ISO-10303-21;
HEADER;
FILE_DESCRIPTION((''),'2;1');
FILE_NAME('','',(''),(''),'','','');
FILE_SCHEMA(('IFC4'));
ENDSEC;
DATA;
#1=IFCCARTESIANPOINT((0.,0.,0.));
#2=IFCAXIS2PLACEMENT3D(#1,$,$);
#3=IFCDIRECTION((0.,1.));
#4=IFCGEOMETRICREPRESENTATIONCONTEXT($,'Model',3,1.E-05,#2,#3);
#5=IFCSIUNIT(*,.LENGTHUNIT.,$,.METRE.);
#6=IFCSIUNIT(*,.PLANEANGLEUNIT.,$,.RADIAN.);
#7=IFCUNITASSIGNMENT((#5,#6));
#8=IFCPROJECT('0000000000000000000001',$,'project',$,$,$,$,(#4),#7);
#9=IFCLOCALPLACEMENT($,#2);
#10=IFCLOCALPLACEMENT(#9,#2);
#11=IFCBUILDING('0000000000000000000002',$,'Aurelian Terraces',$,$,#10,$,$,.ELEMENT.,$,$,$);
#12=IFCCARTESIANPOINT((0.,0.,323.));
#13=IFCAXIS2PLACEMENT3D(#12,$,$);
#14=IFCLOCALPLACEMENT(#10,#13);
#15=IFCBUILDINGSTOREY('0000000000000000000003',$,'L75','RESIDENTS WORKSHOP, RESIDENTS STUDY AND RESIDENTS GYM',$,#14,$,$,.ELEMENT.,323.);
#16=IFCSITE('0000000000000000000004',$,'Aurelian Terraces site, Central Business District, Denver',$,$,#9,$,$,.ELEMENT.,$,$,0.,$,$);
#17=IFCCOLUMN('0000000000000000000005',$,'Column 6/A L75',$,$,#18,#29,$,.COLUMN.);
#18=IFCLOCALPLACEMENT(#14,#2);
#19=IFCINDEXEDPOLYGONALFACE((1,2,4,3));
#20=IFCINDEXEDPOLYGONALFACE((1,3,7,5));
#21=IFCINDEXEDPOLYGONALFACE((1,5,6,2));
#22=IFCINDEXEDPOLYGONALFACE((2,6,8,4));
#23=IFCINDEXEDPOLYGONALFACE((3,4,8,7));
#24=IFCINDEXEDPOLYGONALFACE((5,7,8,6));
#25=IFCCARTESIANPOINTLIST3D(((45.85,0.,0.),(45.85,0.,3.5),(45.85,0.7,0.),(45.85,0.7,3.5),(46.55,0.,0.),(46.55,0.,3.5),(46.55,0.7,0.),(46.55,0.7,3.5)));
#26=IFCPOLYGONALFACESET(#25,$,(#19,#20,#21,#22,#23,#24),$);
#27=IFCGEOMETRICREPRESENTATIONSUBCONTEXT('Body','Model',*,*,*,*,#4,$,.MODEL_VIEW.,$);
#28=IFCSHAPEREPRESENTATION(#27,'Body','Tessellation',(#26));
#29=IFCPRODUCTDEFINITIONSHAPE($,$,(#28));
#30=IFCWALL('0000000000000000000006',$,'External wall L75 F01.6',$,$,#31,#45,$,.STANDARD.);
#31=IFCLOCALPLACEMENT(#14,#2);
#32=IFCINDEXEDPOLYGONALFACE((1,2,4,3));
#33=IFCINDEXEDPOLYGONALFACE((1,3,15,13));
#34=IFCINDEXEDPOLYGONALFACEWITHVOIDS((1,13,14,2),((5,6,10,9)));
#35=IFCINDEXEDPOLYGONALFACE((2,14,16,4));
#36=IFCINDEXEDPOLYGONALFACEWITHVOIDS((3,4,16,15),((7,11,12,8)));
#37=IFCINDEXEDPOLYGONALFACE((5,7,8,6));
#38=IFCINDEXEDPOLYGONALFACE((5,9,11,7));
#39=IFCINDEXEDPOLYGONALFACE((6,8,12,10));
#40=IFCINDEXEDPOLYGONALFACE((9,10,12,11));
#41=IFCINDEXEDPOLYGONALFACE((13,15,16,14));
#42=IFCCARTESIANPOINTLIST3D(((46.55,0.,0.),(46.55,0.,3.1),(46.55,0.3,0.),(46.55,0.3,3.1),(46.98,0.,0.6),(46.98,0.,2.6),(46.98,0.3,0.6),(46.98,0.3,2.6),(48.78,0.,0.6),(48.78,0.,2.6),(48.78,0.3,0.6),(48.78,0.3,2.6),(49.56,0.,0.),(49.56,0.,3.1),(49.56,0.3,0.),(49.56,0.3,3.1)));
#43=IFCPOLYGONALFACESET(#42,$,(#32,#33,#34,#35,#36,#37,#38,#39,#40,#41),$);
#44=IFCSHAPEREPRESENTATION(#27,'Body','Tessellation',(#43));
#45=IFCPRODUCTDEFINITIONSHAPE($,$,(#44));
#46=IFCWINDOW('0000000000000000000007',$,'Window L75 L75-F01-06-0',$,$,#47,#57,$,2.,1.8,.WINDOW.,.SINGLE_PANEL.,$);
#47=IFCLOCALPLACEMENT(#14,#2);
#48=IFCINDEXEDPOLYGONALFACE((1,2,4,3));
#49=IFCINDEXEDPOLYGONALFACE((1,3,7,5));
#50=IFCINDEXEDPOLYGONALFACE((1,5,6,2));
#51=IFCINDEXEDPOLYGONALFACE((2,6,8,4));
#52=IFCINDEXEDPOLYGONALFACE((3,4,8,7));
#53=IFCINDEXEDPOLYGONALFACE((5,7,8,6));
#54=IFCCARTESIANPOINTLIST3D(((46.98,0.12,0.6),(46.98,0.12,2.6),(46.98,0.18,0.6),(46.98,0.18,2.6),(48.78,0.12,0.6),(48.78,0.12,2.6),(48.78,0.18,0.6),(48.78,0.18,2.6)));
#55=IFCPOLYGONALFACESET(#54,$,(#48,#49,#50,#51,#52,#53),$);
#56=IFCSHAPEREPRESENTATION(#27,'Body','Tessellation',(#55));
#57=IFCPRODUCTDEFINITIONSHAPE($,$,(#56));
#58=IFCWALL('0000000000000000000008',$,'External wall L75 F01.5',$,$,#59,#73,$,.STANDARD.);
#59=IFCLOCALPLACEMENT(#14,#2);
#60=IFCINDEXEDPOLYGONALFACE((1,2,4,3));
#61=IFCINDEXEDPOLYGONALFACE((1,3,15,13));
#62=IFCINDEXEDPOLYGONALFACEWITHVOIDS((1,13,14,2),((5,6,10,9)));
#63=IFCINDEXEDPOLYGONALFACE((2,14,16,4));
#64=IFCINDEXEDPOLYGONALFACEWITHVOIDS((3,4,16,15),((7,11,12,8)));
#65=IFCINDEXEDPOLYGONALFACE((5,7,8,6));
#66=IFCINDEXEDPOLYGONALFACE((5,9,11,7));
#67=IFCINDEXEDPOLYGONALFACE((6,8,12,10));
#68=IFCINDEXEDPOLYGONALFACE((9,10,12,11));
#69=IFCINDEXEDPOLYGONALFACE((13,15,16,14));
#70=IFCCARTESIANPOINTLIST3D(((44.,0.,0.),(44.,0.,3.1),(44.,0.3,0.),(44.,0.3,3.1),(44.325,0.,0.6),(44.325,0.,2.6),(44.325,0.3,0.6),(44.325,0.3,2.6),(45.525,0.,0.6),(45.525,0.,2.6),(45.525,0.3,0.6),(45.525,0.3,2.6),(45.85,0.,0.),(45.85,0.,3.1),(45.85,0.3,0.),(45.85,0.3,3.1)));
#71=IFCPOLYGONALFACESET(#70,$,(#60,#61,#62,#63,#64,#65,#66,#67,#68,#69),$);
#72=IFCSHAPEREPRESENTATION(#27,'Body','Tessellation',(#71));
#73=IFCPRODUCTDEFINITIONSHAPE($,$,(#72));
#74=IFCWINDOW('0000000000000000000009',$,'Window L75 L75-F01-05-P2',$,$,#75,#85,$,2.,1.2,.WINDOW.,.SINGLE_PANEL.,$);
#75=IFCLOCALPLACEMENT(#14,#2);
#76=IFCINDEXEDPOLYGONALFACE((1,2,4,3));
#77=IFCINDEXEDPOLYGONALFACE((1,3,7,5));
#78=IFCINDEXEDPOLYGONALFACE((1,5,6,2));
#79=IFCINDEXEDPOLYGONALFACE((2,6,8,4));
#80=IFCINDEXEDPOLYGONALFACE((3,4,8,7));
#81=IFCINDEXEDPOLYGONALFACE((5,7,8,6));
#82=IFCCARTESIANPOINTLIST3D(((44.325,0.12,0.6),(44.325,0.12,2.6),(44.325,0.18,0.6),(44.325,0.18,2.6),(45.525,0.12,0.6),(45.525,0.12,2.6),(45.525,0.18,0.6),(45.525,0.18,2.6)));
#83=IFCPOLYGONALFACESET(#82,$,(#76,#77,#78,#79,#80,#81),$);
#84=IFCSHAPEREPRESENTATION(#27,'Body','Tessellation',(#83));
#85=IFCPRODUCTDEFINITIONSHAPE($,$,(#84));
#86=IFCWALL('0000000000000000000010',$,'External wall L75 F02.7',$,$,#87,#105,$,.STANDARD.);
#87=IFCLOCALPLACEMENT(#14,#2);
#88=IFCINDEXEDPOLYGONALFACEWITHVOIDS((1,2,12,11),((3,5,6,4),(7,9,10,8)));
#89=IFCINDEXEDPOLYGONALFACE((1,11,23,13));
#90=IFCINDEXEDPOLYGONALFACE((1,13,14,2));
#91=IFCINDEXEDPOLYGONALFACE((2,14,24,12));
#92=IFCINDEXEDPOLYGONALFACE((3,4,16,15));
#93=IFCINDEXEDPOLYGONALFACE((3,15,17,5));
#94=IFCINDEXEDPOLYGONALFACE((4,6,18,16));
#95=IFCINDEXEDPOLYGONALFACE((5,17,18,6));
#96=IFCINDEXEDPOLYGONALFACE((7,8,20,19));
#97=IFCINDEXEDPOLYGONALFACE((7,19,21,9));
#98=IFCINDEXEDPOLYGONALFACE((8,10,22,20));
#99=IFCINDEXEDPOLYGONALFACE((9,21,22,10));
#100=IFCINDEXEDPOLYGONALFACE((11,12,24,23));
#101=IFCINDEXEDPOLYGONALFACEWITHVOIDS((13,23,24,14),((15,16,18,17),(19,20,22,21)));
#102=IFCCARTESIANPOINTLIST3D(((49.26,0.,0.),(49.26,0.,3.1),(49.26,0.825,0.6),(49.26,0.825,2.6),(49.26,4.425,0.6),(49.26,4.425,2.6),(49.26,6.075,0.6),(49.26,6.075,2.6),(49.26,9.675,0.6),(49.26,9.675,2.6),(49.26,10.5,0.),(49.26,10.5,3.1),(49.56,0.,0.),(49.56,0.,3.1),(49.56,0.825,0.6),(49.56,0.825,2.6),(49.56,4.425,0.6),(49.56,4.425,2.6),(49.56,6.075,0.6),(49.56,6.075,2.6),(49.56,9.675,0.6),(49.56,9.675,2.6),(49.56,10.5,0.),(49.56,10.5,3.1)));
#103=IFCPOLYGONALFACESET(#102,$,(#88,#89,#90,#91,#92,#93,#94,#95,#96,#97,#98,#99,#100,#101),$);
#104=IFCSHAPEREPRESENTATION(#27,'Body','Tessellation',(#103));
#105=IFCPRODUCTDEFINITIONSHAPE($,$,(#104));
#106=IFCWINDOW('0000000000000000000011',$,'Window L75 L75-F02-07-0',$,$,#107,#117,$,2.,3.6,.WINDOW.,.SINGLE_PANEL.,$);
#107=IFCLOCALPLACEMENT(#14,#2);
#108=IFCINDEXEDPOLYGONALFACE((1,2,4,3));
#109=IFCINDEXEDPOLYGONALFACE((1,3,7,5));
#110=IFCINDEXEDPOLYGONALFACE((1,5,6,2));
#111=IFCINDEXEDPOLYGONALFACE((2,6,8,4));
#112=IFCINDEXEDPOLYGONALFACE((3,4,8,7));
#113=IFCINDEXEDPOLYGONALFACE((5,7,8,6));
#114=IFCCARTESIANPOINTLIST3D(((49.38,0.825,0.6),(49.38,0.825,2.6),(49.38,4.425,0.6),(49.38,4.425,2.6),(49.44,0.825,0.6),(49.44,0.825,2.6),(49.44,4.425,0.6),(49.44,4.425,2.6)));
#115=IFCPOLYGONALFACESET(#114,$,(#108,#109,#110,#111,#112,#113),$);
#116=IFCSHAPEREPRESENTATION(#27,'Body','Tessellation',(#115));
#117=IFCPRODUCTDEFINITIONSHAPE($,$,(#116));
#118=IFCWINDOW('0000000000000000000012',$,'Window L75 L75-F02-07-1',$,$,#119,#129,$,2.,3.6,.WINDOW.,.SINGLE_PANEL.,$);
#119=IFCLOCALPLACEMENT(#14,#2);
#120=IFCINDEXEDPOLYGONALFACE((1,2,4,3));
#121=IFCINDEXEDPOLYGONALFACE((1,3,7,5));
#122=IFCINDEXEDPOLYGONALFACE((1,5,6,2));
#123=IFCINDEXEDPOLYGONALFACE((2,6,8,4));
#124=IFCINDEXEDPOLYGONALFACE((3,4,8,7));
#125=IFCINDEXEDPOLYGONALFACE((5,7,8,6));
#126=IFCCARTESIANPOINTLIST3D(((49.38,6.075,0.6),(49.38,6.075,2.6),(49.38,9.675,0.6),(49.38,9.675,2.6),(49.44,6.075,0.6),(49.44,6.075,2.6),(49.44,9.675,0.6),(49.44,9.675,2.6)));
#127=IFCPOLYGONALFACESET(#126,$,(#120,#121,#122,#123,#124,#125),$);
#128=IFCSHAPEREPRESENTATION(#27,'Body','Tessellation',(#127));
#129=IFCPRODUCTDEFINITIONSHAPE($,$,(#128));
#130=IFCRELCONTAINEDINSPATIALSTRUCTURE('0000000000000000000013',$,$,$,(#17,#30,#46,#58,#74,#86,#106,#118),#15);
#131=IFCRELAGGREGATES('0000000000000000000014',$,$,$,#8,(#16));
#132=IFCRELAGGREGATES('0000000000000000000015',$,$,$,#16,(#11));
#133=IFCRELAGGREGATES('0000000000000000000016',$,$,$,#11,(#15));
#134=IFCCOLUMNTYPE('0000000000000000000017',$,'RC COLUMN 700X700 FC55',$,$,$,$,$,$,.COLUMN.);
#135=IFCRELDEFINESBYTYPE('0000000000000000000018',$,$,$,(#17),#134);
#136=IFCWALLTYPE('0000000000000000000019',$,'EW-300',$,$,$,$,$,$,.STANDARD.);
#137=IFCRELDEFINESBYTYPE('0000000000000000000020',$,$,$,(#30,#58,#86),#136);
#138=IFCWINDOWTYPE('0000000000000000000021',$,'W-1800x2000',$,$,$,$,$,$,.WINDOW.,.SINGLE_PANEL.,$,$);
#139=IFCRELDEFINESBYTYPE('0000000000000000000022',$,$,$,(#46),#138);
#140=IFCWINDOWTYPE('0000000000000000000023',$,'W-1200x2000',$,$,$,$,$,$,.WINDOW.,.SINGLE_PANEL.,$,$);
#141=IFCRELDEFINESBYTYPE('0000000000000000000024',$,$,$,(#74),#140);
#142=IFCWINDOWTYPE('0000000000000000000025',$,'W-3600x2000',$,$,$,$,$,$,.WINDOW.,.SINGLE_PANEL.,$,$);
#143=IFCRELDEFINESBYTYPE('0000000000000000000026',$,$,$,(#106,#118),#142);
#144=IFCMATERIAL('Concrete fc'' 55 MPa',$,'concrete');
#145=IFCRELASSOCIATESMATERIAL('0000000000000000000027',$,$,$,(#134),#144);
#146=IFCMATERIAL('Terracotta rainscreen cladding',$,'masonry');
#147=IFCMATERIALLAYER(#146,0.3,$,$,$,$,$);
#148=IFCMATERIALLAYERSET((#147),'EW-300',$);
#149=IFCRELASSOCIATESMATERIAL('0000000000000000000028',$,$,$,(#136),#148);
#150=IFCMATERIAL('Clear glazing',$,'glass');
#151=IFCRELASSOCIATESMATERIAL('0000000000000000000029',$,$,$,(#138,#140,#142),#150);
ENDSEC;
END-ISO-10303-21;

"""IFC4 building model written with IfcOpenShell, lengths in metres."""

from ifc_helpers import new_model, si_unit, direction, frame, frame_2d, origin, origin_2d, place, context, subcontext, project, spatial, rectangle, extrude, source, transform, mapped, material, layer, layer_set, material_profile, profile_set, type_object, element, fill, save


model = new_model("IFC4")

# Units and contexts
model_context = context("Model", 3, precision=1e-05, world=origin(), true_north=direction((0.0, 1.0)))
body_context = subcontext(model_context, "Body", "Model", "MODEL_VIEW")
ifc_project = project(units=[si_unit("LENGTHUNIT", "METRE"), si_unit("PLANEANGLEUNIT", "RADIAN")], contexts=[model_context])

# Site, building, storey
site_placement = place(None, origin())
site = spatial("IfcSite", under=ifc_project, at=site_placement, Name="Aurelian Terraces site, Central Business District, Denver", CompositionType="ELEMENT", RefElevation=0.0)
building_placement = place(site_placement, origin())
building = spatial("IfcBuilding", under=site, at=building_placement, Name="Aurelian Terraces", CompositionType="ELEMENT")
storey_placement = place(building_placement, frame((0.0, 0.0, 323.0)))
storey = spatial("IfcBuildingStorey", under=building, at=storey_placement, Name="L75", Description="RESIDENTS WORKSHOP, RESIDENTS STUDY AND RESIDENTS GYM", CompositionType="ELEMENT", Elevation=323.0)

# Column
ifc_material_1 = material(Name="Concrete fc' 55 MPa", Category="concrete")
ifc_material_profile = material_profile(ifc_material_1, rectangle(XDim=0.7, YDim=0.7, at=origin_2d()))
ifc_profile_set = profile_set([ifc_material_profile], Name="Concrete fc' 55 MPa")
column_type = type_object("IfcColumnType", Name="RC COLUMN 700X700 FC55", PredefinedType="COLUMN", material=ifc_profile_set)
shared_shape_1 = source(origin(), body_context, "Body", "SweptSolid", [
    extrude(rectangle(XDim=0.7, YDim=0.7, at=origin_2d()), origin(), (0.0, 0.0, 1.0), 3.5),
])
column_placement = place(storey_placement, frame((46.2, 0.35, 0.0), z_axis=(0.0, 0.0, 1.0), x_axis=(1.0, 0.0, 0.0)))
element("IfcColumn", 1, at=column_placement, inside=storey, type_object=column_type, Name="Column 6/A L75", PredefinedType="COLUMN", context=body_context, shape_type="MappedRepresentation", body=[
    mapped(shared_shape_1, transform((0.0, 0.0, 0.0), scale=1.0)),
])

# Walls, openings, windows
ifc_material_2 = material(Name="Terracotta rainscreen cladding", Category="masonry")
ifc_layer_1 = layer(ifc_material_2, 0.3)
ifc_layer_set_1 = layer_set([ifc_layer_1], Name="EW-300")
wall_type_1 = type_object("IfcWallType", Name="EW-300", PredefinedType="STANDARD", material=ifc_layer_set_1)
shared_shape_2 = source(origin(), body_context, "Body", "SweptSolid", [
    extrude(rectangle(XDim=3.01, YDim=0.3, at=frame_2d((1.505, 0.0))), origin(), (0.0, 0.0, 1.0), 3.1),
])
wall_1_placement = place(storey_placement, frame((46.55, 0.15, 0.0), z_axis=(0.0, 0.0, 1.0), x_axis=(1.0, 0.0, 0.0)))
wall_1 = element("IfcWall", 2, at=wall_1_placement, inside=storey, type_object=wall_type_1, Name="External wall L75 F01.6", PredefinedType="STANDARD", context=body_context, shape_type="MappedRepresentation", body=[
    mapped(shared_shape_2, transform((0.0, 0.0, 0.0), scale=1.0)),
])
shared_shape_3 = source(origin(), body_context, "Body", "SweptSolid", [
    extrude(rectangle(XDim=1.8, YDim=2.0, at=frame_2d((0.9, 1.0))), frame((0.0, 0.16, 0.0), z_axis=(0.0, -1.0, 0.0), x_axis=(1.0, 0.0, 0.0)), (0.0, 0.0, 1.0), 0.32),
])
opening_1_placement = place(wall_1_placement, frame((0.43, 0.0, 0.6)))
opening_1 = element("IfcOpeningElement", 3, at=opening_1_placement, cuts=wall_1, PredefinedType="OPENING", context=body_context, shape_type="MappedRepresentation", body=[
    mapped(shared_shape_3, transform((0.0, 0.0, 0.0), scale=1.0)),
])
ifc_material_3 = material(Name="Clear glazing", Category="glass")
window_type_1 = type_object("IfcWindowType", Name="W-1800x2000", PartitioningType="SINGLE_PANEL", PredefinedType="WINDOW", material=ifc_material_3)
shared_shape_4 = source(origin(), body_context, "Body", "SweptSolid", [
    extrude(rectangle(XDim=1.8, YDim=2.0, at=frame_2d((0.9, 1.0))), frame((0.0, 0.03, 0.0), z_axis=(0.0, -1.0, 0.0), x_axis=(1.0, 0.0, 0.0)), (0.0, 0.0, 1.0), 0.06),
])
window_1_placement = place(opening_1_placement, origin())
window_1 = element("IfcWindow", 4, at=window_1_placement, inside=storey, type_object=window_type_1, Name="Window L75 L75-F01-06-0", OverallHeight=2.0, OverallWidth=1.8, PartitioningType="SINGLE_PANEL", PredefinedType="WINDOW", context=body_context, shape_type="MappedRepresentation", body=[
    mapped(shared_shape_4, transform((0.0, 0.0, 0.0), scale=1.0)),
])
fill(opening_1, window_1)
shared_shape_5 = source(origin(), body_context, "Body", "SweptSolid", [
    extrude(rectangle(XDim=1.85, YDim=0.3, at=frame_2d((0.925, 0.0))), origin(), (0.0, 0.0, 1.0), 3.1),
])
wall_2_placement = place(storey_placement, frame((44.0, 0.15, 0.0), z_axis=(0.0, 0.0, 1.0), x_axis=(1.0, 0.0, 0.0)))
wall_2 = element("IfcWall", 5, at=wall_2_placement, inside=storey, type_object=wall_type_1, Name="External wall L75 F01.5", PredefinedType="STANDARD", context=body_context, shape_type="MappedRepresentation", body=[
    mapped(shared_shape_5, transform((0.0, 0.0, 0.0), scale=1.0)),
])
shared_shape_6 = source(origin(), body_context, "Body", "SweptSolid", [
    extrude(rectangle(XDim=1.2, YDim=2.0, at=frame_2d((0.6, 1.0))), frame((0.0, 0.16, 0.0), z_axis=(0.0, -1.0, 0.0), x_axis=(1.0, 0.0, 0.0)), (0.0, 0.0, 1.0), 0.32),
])
opening_2_placement = place(wall_2_placement, frame((0.325, 0.0, 0.6)))
opening_2 = element("IfcOpeningElement", 6, at=opening_2_placement, cuts=wall_2, PredefinedType="OPENING", context=body_context, shape_type="MappedRepresentation", body=[
    mapped(shared_shape_6, transform((0.0, 0.0, 0.0), scale=1.0)),
])
window_type_2 = type_object("IfcWindowType", Name="W-1200x2000", PartitioningType="SINGLE_PANEL", PredefinedType="WINDOW", material=ifc_material_3)
shared_shape_7 = source(origin(), body_context, "Body", "SweptSolid", [
    extrude(rectangle(XDim=1.2, YDim=2.0, at=frame_2d((0.6, 1.0))), frame((0.0, 0.03, 0.0), z_axis=(0.0, -1.0, 0.0), x_axis=(1.0, 0.0, 0.0)), (0.0, 0.0, 1.0), 0.06),
])
window_2_placement = place(opening_2_placement, origin())
window_2 = element("IfcWindow", 7, at=window_2_placement, inside=storey, type_object=window_type_2, Name="Window L75 L75-F01-05-P2", OverallHeight=2.0, OverallWidth=1.2, PartitioningType="SINGLE_PANEL", PredefinedType="WINDOW", context=body_context, shape_type="MappedRepresentation", body=[
    mapped(shared_shape_7, transform((0.0, 0.0, 0.0), scale=1.0)),
])
fill(opening_2, window_2)

# Wall, openings, windows
shared_shape_8 = source(origin(), body_context, "Body", "SweptSolid", [
    extrude(rectangle(XDim=10.5, YDim=0.3, at=frame_2d((5.25, 0.0))), origin(), (0.0, 0.0, 1.0), 3.1),
])
wall_3_placement = place(storey_placement, frame((49.41, 0.0, 0.0), z_axis=(0.0, 0.0, 1.0), x_axis=(0.0, 1.0, 0.0)))
wall_3 = element("IfcWall", 8, at=wall_3_placement, inside=storey, type_object=wall_type_1, Name="External wall L75 F02.7", PredefinedType="STANDARD", context=body_context, shape_type="MappedRepresentation", body=[
    mapped(shared_shape_8, transform((0.0, 0.0, 0.0), scale=1.0)),
])
shared_shape_9 = source(origin(), body_context, "Body", "SweptSolid", [
    extrude(rectangle(XDim=3.6, YDim=2.0, at=frame_2d((1.8, 1.0))), frame((0.0, 0.16, 0.0), z_axis=(0.0, -1.0, 0.0), x_axis=(1.0, 0.0, 0.0)), (0.0, 0.0, 1.0), 0.32),
])
opening_3_placement = place(wall_3_placement, frame((0.825, 0.0, 0.6)))
opening_3 = element("IfcOpeningElement", 9, at=opening_3_placement, cuts=wall_3, PredefinedType="OPENING", context=body_context, shape_type="MappedRepresentation", body=[
    mapped(shared_shape_9, transform((0.0, 0.0, 0.0), scale=1.0)),
])
opening_4_placement = place(wall_3_placement, frame((6.075, 0.0, 0.6)))
opening_4 = element("IfcOpeningElement", 10, at=opening_4_placement, cuts=wall_3, PredefinedType="OPENING", context=body_context, shape_type="MappedRepresentation", body=[
    mapped(shared_shape_9, transform((0.0, 0.0, 0.0), scale=1.0)),
])
window_type_3 = type_object("IfcWindowType", Name="W-3600x2000", PartitioningType="SINGLE_PANEL", PredefinedType="WINDOW", material=ifc_material_3)
shared_shape_10 = source(origin(), body_context, "Body", "SweptSolid", [
    extrude(rectangle(XDim=3.6, YDim=2.0, at=frame_2d((1.8, 1.0))), frame((0.0, 0.03, 0.0), z_axis=(0.0, -1.0, 0.0), x_axis=(1.0, 0.0, 0.0)), (0.0, 0.0, 1.0), 0.06),
])
window_3_placement = place(opening_3_placement, origin())
window_3 = element("IfcWindow", 11, at=window_3_placement, inside=storey, type_object=window_type_3, Name="Window L75 L75-F02-07-0", OverallHeight=2.0, OverallWidth=3.6, PartitioningType="SINGLE_PANEL", PredefinedType="WINDOW", context=body_context, shape_type="MappedRepresentation", body=[
    mapped(shared_shape_10, transform((0.0, 0.0, 0.0), scale=1.0)),
])
fill(opening_3, window_3)
window_4_placement = place(opening_4_placement, origin())
window_4 = element("IfcWindow", 12, at=window_4_placement, inside=storey, type_object=window_type_3, Name="Window L75 L75-F02-07-1", OverallHeight=2.0, OverallWidth=3.6, PartitioningType="SINGLE_PANEL", PredefinedType="WINDOW", context=body_context, shape_type="MappedRepresentation", body=[
    mapped(shared_shape_10, transform((0.0, 0.0, 0.0), scale=1.0)),
])
fill(opening_4, window_4)

save(model, "model.ifc")
